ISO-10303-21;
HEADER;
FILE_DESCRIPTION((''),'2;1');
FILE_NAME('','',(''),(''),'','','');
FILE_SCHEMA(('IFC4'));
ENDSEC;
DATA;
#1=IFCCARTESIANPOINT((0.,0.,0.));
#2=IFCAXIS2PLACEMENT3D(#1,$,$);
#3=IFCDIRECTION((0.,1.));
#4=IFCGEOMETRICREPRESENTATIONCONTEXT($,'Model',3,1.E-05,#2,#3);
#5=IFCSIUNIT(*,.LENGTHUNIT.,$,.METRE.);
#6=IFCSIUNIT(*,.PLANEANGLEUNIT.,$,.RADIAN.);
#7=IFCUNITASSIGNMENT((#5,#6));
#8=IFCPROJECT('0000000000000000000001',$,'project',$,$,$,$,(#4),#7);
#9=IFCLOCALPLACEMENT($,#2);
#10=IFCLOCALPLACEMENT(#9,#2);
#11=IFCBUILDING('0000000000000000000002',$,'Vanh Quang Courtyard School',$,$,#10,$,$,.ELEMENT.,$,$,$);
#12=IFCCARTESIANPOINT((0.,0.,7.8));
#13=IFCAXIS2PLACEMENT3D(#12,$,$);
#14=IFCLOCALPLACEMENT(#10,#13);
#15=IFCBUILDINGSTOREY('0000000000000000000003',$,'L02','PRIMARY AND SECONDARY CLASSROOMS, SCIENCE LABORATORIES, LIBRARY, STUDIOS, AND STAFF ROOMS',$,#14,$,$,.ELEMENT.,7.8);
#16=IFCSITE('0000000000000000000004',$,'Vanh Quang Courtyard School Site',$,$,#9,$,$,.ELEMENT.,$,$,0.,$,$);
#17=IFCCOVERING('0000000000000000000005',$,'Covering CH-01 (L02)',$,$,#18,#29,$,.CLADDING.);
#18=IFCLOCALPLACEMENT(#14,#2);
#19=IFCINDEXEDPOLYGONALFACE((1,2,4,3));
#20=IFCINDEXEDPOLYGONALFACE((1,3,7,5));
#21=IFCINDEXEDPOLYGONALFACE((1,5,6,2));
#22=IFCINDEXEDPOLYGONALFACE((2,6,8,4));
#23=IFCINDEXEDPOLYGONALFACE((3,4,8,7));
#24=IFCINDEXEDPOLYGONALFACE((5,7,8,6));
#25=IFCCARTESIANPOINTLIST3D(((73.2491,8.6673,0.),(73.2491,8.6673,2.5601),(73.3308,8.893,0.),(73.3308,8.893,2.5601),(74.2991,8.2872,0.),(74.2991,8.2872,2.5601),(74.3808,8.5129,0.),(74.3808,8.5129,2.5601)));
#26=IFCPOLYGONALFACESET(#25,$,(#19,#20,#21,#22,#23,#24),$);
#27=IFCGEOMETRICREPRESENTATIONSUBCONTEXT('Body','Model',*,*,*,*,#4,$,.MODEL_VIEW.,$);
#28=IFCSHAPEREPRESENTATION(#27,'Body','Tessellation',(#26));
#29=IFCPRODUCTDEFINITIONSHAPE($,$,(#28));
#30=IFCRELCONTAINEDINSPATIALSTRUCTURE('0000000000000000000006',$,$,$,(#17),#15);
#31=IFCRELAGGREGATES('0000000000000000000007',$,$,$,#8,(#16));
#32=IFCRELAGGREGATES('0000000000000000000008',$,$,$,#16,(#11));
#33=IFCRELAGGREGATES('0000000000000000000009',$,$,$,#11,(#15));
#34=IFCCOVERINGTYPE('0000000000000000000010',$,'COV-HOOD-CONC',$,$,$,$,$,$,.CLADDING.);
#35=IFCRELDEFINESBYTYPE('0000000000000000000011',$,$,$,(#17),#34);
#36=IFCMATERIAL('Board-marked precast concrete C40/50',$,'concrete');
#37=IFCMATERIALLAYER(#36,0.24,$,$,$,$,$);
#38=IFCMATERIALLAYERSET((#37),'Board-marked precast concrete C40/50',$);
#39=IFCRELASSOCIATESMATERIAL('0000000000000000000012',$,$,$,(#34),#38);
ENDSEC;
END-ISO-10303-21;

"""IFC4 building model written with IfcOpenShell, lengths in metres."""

from ifc_helpers import new_model, si_unit, direction, frame, origin, origin_2d, place, context, subcontext, project, spatial, rectangle, extrude, material, layer, layer_set, type_object, element, save


model = new_model("IFC4")

# Units and contexts
model_context = context("Model", 3, precision=1e-05, world=origin(), true_north=direction((0.0, 1.0)))
body_context = subcontext(model_context, "Body", "Model", "MODEL_VIEW")
ifc_project = project(units=[si_unit("LENGTHUNIT", "METRE"), si_unit("PLANEANGLEUNIT", "RADIAN")], contexts=[model_context])

# Site, building, storey
site_placement = place(None, origin())
site = spatial("IfcSite", under=ifc_project, at=site_placement, Name="Vanh Quang Courtyard School Site", CompositionType="ELEMENT", RefElevation=0.0)
building_placement = place(site_placement, origin())
building = spatial("IfcBuilding", under=site, at=building_placement, Name="Vanh Quang Courtyard School", CompositionType="ELEMENT")
storey_placement = place(building_placement, frame((0.0, 0.0, 7.8)))
storey = spatial("IfcBuildingStorey", under=building, at=storey_placement, Name="L02", Description="PRIMARY AND SECONDARY CLASSROOMS, SCIENCE LABORATORIES, LIBRARY, STUDIOS, AND STAFF ROOMS", CompositionType="ELEMENT", Elevation=7.8)

# Covering
ifc_material_1 = material(Name="Board-marked precast concrete C40/50", Category="concrete")
ifc_layer_1 = layer(ifc_material_1, 0.24)
ifc_layer_set_1 = layer_set([ifc_layer_1], Name="Board-marked precast concrete C40/50")
covering_type = type_object("IfcCoveringType", Name="COV-HOOD-CONC", PredefinedType="CLADDING", material=ifc_layer_set_1)
covering_1_placement = place(storey_placement, frame((73.8149, 8.5901, 0.0), z_axis=(0.0, 0.0, 1.0), x_axis=(-0.940288, 0.34038, 0.0)))
element("IfcCovering", 1, at=covering_1_placement, inside=storey, type_object=covering_type, Name="Covering CH-01 (L02)", PredefinedType="CLADDING", context=body_context, shape_type="SweptSolid", body=[
    extrude(rectangle(XDim=1.1167, YDim=0.24, at=origin_2d()), origin(), (0.0, 0.0, 1.0), 2.5601),
])

save(model, "model.ifc")
